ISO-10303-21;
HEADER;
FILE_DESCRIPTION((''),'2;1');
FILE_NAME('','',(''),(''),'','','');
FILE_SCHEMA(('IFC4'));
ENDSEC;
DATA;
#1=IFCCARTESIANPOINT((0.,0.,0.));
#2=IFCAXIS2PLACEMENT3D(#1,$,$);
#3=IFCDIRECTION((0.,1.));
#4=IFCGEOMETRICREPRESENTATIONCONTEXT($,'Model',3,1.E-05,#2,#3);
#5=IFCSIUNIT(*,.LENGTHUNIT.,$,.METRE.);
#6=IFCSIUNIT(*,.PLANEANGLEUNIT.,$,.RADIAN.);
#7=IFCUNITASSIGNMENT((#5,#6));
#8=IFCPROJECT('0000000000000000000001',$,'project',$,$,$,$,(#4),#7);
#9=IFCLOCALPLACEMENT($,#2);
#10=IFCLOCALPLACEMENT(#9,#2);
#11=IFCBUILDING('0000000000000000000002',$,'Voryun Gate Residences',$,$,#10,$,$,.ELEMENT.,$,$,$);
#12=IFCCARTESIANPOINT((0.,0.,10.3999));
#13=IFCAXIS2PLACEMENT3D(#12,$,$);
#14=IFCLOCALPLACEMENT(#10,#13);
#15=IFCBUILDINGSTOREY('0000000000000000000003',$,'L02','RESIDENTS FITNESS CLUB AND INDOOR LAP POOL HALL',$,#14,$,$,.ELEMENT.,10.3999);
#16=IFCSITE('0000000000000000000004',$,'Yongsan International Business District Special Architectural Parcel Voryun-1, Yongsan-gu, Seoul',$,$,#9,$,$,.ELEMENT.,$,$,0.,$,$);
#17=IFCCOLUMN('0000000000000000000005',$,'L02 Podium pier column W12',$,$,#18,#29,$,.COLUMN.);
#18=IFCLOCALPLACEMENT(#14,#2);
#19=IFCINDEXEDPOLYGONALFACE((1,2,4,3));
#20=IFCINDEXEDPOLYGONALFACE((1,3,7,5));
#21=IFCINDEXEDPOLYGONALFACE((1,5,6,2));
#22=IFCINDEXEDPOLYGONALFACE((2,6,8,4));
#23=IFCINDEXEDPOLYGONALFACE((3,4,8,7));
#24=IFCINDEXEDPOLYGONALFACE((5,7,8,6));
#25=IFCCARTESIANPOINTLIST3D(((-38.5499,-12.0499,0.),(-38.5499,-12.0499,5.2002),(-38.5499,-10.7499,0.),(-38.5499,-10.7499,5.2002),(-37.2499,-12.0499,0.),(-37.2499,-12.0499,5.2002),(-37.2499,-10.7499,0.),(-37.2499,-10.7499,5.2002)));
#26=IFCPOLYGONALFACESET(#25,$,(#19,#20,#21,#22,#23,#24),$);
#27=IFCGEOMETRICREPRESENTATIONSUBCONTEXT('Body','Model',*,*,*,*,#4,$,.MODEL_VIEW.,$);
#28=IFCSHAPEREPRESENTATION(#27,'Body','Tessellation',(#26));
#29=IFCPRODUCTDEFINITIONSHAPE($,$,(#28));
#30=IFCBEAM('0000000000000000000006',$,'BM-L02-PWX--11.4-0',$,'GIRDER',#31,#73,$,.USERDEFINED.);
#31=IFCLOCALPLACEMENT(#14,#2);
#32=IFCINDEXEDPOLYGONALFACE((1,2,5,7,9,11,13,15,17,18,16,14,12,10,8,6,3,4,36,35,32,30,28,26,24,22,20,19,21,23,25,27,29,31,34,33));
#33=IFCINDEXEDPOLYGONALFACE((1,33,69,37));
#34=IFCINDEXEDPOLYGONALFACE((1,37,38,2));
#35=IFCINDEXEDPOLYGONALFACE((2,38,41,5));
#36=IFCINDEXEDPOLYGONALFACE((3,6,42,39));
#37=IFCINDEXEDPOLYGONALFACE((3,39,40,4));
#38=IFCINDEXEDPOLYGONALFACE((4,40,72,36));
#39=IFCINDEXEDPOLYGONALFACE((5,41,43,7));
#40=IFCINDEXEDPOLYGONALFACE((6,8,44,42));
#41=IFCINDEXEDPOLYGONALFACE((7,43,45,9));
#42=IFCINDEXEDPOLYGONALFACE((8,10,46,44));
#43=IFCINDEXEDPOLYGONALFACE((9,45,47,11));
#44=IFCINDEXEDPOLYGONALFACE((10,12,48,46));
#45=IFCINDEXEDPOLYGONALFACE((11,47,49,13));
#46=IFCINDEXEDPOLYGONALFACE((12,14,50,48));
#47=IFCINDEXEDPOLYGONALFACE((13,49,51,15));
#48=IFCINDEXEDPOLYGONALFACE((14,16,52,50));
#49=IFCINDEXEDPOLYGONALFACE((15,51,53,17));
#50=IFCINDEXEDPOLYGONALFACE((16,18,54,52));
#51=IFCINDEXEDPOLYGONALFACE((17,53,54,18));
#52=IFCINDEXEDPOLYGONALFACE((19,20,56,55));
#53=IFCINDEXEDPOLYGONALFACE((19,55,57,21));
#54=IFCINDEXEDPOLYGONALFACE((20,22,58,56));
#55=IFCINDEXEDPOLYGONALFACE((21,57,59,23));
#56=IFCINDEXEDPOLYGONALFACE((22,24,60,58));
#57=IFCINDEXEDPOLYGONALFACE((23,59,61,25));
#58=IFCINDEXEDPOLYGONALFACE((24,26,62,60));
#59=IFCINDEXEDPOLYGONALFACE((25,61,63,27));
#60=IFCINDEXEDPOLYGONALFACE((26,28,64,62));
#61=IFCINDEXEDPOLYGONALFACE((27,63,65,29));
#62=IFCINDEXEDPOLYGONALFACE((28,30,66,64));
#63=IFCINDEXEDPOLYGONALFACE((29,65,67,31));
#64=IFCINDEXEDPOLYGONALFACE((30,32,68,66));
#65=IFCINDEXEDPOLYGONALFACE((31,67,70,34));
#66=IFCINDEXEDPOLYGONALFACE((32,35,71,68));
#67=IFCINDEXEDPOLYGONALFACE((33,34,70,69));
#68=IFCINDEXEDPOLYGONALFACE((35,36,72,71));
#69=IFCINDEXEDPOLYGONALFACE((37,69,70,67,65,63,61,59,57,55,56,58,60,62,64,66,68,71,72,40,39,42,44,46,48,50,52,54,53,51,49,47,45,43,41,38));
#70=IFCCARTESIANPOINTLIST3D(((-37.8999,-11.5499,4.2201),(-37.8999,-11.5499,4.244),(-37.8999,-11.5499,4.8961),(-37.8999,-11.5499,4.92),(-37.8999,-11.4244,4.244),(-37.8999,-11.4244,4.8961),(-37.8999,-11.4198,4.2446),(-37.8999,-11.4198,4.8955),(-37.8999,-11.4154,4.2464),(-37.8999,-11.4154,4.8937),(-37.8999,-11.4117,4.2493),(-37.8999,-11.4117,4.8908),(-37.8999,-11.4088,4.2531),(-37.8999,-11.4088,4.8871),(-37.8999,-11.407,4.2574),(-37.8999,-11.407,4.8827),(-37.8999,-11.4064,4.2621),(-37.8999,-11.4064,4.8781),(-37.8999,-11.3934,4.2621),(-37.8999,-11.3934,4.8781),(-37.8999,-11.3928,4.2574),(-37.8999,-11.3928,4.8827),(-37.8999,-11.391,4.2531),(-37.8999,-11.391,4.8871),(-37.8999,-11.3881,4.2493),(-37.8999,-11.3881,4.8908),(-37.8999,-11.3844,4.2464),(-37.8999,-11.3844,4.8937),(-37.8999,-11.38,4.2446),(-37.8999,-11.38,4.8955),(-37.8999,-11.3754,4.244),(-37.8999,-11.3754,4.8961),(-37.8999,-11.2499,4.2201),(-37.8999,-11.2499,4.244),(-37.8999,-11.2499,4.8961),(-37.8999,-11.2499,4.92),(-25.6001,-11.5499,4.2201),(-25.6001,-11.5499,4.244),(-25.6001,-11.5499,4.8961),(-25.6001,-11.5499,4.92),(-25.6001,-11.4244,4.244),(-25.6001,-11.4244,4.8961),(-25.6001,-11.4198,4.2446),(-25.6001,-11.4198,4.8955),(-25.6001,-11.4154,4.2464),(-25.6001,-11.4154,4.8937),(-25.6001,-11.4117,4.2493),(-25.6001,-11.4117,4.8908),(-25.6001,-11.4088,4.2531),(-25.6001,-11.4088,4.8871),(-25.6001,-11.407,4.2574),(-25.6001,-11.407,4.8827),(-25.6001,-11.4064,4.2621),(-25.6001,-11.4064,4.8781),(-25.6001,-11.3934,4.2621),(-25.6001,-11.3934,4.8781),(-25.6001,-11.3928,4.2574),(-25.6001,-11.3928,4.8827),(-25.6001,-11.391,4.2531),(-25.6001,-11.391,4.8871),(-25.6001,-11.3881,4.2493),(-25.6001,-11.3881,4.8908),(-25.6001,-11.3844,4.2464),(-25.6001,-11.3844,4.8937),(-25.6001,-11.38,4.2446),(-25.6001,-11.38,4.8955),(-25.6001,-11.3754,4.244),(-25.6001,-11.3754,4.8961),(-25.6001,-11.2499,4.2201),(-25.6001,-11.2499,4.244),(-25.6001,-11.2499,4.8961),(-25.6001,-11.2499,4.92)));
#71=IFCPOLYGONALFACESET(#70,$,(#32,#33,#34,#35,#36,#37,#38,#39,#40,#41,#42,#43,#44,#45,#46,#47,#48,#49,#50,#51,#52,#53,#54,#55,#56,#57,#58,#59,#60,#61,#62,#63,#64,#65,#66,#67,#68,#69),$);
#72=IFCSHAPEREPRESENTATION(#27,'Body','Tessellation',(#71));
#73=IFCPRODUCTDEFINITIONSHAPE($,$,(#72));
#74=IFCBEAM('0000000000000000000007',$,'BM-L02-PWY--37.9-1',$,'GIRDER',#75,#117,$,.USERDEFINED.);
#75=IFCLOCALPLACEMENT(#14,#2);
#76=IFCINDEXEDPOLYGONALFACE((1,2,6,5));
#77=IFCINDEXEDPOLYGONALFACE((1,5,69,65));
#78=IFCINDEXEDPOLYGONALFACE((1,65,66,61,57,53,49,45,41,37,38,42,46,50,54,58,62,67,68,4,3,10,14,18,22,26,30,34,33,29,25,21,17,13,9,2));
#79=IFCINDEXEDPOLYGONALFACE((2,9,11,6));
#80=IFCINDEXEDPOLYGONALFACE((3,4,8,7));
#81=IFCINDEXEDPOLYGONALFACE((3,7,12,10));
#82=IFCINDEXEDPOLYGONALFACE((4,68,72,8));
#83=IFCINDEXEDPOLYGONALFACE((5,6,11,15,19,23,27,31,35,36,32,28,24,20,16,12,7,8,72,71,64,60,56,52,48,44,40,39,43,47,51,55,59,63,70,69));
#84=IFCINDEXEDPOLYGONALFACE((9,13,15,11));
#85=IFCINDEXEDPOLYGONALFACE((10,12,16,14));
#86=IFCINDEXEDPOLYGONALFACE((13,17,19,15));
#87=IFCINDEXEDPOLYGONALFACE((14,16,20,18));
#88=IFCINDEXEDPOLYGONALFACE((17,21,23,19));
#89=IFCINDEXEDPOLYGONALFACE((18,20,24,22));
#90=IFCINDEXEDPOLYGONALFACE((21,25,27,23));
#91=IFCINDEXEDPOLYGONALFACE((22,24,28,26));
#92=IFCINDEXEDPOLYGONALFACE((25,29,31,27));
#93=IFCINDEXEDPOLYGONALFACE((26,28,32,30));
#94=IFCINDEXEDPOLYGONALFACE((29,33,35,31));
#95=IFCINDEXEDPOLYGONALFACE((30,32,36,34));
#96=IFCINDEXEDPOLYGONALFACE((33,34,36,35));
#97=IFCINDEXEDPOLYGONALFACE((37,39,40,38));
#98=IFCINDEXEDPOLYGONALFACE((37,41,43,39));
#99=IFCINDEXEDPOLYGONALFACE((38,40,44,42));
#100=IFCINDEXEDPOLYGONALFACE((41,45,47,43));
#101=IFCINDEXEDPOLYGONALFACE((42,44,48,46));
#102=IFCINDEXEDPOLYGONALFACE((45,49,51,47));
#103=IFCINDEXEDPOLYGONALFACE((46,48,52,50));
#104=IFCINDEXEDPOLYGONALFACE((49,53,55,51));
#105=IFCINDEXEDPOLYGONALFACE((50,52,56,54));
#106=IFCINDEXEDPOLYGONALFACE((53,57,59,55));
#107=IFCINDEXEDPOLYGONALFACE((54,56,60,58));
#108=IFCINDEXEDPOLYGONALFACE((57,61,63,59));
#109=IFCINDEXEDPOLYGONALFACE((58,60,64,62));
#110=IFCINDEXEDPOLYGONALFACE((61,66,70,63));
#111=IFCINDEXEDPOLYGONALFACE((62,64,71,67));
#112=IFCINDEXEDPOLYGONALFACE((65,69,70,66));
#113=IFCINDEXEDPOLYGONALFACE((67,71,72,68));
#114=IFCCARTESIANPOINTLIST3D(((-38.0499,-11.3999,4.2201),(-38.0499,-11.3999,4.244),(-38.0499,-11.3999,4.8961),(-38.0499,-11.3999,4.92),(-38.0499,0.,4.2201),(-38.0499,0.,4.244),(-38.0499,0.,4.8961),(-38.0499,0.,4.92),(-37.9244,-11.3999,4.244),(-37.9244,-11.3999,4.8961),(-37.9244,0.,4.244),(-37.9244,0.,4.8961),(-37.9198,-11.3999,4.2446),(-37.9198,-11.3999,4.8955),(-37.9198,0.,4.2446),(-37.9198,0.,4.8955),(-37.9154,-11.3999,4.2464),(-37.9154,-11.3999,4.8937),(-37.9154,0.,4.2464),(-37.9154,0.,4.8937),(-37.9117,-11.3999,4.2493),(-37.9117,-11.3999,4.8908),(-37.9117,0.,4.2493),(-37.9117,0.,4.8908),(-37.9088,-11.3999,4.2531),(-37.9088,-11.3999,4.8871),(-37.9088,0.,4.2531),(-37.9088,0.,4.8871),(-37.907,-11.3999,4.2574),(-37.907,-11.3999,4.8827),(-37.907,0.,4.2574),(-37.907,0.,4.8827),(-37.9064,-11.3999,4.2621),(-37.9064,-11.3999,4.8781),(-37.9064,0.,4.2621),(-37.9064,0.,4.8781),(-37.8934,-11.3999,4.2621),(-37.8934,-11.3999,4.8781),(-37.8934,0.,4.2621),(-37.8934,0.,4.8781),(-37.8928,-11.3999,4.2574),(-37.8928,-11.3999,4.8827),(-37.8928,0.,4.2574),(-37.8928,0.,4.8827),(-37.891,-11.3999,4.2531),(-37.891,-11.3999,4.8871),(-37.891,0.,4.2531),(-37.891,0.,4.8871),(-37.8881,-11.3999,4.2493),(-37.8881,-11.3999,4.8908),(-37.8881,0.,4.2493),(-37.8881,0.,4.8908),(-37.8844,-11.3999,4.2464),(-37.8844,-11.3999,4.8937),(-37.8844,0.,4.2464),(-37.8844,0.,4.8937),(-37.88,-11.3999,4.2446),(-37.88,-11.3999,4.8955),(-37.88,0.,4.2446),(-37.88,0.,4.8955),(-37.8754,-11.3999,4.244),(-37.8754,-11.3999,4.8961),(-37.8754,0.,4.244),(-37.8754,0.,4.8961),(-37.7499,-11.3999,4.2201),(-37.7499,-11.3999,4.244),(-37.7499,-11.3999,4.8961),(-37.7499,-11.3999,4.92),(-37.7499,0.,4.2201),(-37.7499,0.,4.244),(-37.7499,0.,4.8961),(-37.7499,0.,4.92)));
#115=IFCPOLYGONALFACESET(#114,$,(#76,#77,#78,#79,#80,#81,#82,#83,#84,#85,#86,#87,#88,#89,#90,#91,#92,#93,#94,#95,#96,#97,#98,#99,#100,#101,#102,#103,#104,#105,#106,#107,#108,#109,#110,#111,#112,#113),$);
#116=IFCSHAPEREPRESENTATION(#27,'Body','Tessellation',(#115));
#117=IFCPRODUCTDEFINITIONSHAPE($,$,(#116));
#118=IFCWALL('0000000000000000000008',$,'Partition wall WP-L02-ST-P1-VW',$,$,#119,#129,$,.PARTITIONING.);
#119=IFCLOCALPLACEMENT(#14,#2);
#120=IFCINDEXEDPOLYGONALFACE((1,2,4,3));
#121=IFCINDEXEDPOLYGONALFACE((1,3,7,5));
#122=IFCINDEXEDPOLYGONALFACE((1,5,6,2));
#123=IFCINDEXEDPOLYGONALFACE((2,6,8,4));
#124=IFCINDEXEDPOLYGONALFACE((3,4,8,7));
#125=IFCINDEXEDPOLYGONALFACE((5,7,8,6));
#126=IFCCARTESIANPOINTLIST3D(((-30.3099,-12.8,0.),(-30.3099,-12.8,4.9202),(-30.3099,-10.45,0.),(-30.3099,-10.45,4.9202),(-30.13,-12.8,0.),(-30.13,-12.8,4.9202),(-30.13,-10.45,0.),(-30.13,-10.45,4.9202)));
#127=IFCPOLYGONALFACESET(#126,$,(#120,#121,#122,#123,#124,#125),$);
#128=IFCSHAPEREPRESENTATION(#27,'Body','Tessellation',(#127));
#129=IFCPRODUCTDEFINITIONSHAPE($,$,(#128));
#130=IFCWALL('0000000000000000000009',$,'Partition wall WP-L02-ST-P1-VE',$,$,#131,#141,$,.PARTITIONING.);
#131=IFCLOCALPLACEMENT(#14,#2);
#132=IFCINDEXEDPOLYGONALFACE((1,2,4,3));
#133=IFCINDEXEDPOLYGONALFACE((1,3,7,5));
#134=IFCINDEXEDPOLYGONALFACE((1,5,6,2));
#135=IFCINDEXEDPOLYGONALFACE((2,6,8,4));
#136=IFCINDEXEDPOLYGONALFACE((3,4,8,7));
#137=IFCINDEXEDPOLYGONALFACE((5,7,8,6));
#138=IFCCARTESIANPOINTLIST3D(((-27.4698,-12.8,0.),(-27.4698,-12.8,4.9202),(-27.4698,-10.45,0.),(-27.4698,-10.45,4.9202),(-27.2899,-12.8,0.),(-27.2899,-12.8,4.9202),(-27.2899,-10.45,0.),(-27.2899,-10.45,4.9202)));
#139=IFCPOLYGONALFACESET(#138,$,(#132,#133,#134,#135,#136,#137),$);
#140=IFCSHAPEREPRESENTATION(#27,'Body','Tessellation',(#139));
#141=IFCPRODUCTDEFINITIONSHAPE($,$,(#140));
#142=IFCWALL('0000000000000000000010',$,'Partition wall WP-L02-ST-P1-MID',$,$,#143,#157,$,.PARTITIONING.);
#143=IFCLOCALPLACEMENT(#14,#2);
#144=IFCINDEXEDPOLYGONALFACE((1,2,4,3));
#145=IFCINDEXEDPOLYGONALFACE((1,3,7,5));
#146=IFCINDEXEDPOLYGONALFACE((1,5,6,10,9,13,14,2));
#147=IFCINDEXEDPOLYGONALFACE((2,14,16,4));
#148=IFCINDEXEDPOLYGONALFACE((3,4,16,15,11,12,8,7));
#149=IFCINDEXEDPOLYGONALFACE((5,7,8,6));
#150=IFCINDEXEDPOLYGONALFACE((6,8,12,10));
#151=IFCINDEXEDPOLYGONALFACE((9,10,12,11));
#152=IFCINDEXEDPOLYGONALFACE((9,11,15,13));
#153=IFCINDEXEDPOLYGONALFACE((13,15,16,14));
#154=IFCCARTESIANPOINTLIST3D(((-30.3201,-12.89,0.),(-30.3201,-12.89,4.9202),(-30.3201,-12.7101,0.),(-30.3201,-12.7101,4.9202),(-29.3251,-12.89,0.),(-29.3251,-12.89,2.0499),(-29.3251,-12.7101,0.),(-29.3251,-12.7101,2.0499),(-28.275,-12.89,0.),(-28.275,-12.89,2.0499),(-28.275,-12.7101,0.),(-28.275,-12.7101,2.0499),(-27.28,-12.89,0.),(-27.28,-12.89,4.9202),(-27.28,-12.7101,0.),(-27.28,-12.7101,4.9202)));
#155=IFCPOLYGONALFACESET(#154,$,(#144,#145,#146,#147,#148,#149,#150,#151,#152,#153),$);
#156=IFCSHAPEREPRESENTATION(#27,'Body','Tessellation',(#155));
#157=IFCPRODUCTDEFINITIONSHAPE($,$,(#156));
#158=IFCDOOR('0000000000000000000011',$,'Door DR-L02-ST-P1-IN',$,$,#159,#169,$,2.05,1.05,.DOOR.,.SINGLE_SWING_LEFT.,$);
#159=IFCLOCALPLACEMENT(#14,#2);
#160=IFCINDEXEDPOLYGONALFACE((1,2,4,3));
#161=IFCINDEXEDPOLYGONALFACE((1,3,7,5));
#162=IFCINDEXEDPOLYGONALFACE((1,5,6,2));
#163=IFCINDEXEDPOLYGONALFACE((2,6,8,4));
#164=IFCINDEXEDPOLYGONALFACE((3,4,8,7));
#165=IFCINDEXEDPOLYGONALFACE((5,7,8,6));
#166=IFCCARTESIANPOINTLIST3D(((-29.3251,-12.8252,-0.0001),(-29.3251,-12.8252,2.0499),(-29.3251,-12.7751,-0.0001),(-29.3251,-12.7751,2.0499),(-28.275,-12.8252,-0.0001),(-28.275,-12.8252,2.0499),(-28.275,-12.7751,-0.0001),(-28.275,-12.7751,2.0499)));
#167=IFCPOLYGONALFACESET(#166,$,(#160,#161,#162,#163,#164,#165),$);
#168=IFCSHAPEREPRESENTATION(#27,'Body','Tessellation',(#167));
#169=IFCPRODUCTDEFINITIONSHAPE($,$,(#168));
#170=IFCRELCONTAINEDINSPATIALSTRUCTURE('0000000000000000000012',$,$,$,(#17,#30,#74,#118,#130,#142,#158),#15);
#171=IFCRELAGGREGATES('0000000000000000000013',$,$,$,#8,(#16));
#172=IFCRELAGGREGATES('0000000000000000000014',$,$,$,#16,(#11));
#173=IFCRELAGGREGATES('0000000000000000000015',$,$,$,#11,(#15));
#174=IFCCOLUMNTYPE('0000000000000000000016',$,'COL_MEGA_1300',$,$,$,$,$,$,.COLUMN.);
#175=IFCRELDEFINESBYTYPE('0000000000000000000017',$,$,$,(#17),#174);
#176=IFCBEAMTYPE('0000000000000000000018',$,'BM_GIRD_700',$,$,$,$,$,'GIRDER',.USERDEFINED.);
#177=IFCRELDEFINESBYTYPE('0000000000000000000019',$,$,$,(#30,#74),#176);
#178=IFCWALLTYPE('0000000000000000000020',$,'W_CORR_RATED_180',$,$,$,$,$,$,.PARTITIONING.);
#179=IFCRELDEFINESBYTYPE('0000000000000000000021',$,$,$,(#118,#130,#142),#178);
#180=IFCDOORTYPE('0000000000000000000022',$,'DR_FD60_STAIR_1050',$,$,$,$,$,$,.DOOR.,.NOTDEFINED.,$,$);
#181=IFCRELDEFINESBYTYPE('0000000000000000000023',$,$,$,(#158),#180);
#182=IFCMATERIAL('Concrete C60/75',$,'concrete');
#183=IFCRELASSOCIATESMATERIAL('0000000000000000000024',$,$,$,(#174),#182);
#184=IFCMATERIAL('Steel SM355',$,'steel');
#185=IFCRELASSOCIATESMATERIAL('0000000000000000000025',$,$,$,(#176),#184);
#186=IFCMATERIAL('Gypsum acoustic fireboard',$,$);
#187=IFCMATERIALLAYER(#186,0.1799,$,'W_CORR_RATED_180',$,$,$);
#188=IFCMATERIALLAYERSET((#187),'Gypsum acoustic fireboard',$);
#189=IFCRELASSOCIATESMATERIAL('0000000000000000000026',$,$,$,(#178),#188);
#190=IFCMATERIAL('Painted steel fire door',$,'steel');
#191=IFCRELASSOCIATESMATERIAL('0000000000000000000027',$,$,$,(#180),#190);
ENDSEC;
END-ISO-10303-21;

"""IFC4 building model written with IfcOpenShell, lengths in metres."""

from ifc_helpers import new_model, si_unit, direction, frame, frame_2d, origin, origin_2d, place, context, subcontext, project, spatial, rectangle, i_section, extrude, material, layer, layer_set, material_profile, profile_set, type_object, element, fill, save


model = new_model("IFC4")

# Units and contexts
model_context = context("Model", 3, precision=1e-05, world=origin(), true_north=direction((0.0, 1.0)))
body_context = subcontext(model_context, "Body", "Model", "MODEL_VIEW")
ifc_project = project(units=[si_unit("LENGTHUNIT", "METRE"), si_unit("PLANEANGLEUNIT", "RADIAN")], contexts=[model_context])

# Site, building, storey
site_placement = place(None, origin())
site = spatial("IfcSite", under=ifc_project, at=site_placement, Name="Yongsan International Business District Special Architectural Parcel Voryun-1, Yongsan-gu, Seoul", CompositionType="ELEMENT", RefElevation=0.0)
building_placement = place(site_placement, origin())
building = spatial("IfcBuilding", under=site, at=building_placement, Name="Voryun Gate Residences", CompositionType="ELEMENT")
storey_placement = place(building_placement, frame((0.0, 0.0, 10.3999)))
storey = spatial("IfcBuildingStorey", under=building, at=storey_placement, Name="L02", Description="RESIDENTS FITNESS CLUB AND INDOOR LAP POOL HALL", CompositionType="ELEMENT", Elevation=10.3999)

# Column
ifc_material_1 = material(Name="Concrete C60/75", Category="concrete")
ifc_material_profile_1 = material_profile(ifc_material_1, rectangle(XDim=1.3, YDim=1.3, at=origin_2d()), Name="RC-1300x1300")
ifc_profile_set_1 = profile_set([ifc_material_profile_1], Name="Concrete C60/75")
column_type = type_object("IfcColumnType", Name="COL_MEGA_1300", PredefinedType="COLUMN", material=ifc_profile_set_1)
column_placement = place(storey_placement, frame((-37.8999, -11.3999, 0.0), z_axis=(0.0, 0.0, 1.0), x_axis=(1.0, 0.0, 0.0)))
element("IfcColumn", 1, at=column_placement, inside=storey, type_object=column_type, Name="L02 Podium pier column W12", PredefinedType="COLUMN", context=body_context, shape_type="SweptSolid", body=[
    extrude(rectangle(XDim=1.3, YDim=1.3, at=origin_2d()), origin(), (0.0, 0.0, 1.0), 5.2002),
])

# Beams
ifc_material_2 = material(Name="Steel SM355", Category="steel")
ifc_material_profile_2 = material_profile(ifc_material_2, i_section(OverallWidth=0.3, OverallDepth=0.7, WebThickness=0.0129, FlangeThickness=0.0239, FilletRadius=0.0181, at=origin_2d()), Name="H-700x300x13x24")
ifc_profile_set_2 = profile_set([ifc_material_profile_2], Name="Steel SM355")
beam_type = type_object("IfcBeamType", Name="BM_GIRD_700", ElementType="GIRDER", PredefinedType="USERDEFINED", material=ifc_profile_set_2)
beam_1_placement = place(storey_placement, frame((-37.8999, -11.3999, 4.5701), z_axis=(1.0, 0.0, 0.0), x_axis=(0.0, 1.0, 0.0)))
element("IfcBeam", 2, at=beam_1_placement, inside=storey, type_object=beam_type, Name="BM-L02-PWX--11.4-0", ObjectType="GIRDER", PredefinedType="USERDEFINED", context=body_context, shape_type="SweptSolid", body=[
    extrude(i_section(OverallWidth=0.3, OverallDepth=0.7, WebThickness=0.0129, FlangeThickness=0.0239, FilletRadius=0.0181, at=origin_2d()), origin(), (0.0, 0.0, 1.0), 12.2998),
])
beam_2_placement = place(storey_placement, frame((-37.8999, -11.3999, 4.5701), z_axis=(0.0, 1.0, 0.0), x_axis=(-1.0, 0.0, 0.0)))
element("IfcBeam", 3, at=beam_2_placement, inside=storey, type_object=beam_type, Name="BM-L02-PWY--37.9-1", ObjectType="GIRDER", PredefinedType="USERDEFINED", context=body_context, shape_type="SweptSolid", body=[
    extrude(i_section(OverallWidth=0.3, OverallDepth=0.7, WebThickness=0.0129, FlangeThickness=0.0239, FilletRadius=0.0181, at=origin_2d()), origin(), (0.0, 0.0, 1.0), 11.3999),
])

# Walls
ifc_material_3 = material(Name="Gypsum acoustic fireboard")
ifc_layer = layer(ifc_material_3, 0.1799, Name="W_CORR_RATED_180")
ifc_layer_set = layer_set([ifc_layer], Name="Gypsum acoustic fireboard")
wall_type = type_object("IfcWallType", Name="W_CORR_RATED_180", PredefinedType="PARTITIONING", material=ifc_layer_set)
for number, where, z_axis, x_axis, name in (
    (4, (-30.22, -12.8, 0.0), (0.0, 0.0, 1.0), (0.0, 1.0, 0.0), "Partition wall WP-L02-ST-P1-VW"),
    (5, (-27.3799, -12.8, 0.0), (0.0, 0.0, 1.0), (0.0, 1.0, 0.0), "Partition wall WP-L02-ST-P1-VE"),
):
    element("IfcWall", number, at=place(storey_placement, frame(where, z_axis=z_axis, x_axis=x_axis)), inside=storey, type_object=wall_type, Name=name, PredefinedType="PARTITIONING", context=body_context, shape_type="SweptSolid", body=[
        extrude(rectangle(XDim=2.3501, YDim=0.1799, at=frame_2d((1.175, 0.0))), origin(), (0.0, 0.0, 1.0), 4.9202),
    ])

# Wall, opening, door
wall_1_placement = place(storey_placement, frame((-30.3201, -12.8, 0.0), z_axis=(0.0, 0.0, 1.0), x_axis=(1.0, 0.0, 0.0)))
wall_1 = element("IfcWall", 6, at=wall_1_placement, inside=storey, type_object=wall_type, Name="Partition wall WP-L02-ST-P1-MID", PredefinedType="PARTITIONING", context=body_context, shape_type="SweptSolid", body=[
    extrude(rectangle(XDim=3.04, YDim=0.1799, at=frame_2d((1.52, 0.0))), origin(), (0.0, 0.0, 1.0), 4.9202),
])
opening_1_placement = place(wall_1_placement, frame((0.9951, 0.0, 0.0)))
opening_1 = element("IfcOpeningElement", 7, at=opening_1_placement, cuts=wall_1, PredefinedType="OPENING", context=body_context, shape_type="SweptSolid", body=[
    extrude(rectangle(XDim=1.05, YDim=2.05, at=frame_2d((0.5249, 1.0249))), frame((0.0, 0.0999, 0.0), z_axis=(0.0, -1.0, 0.0), x_axis=(1.0, 0.0, 0.0)), (0.0, 0.0, 1.0), 0.2),
])
ifc_material_4 = material(Name="Painted steel fire door", Category="steel")
door_type_1 = type_object("IfcDoorType", Name="DR_FD60_STAIR_1050", OperationType="NOTDEFINED", PredefinedType="DOOR", material=ifc_material_4)
door_1_placement = place(opening_1_placement, origin())
door_1 = element("IfcDoor", 8, at=door_1_placement, inside=storey, type_object=door_type_1, Name="Door DR-L02-ST-P1-IN", OperationType="SINGLE_SWING_LEFT", OverallHeight=2.05, OverallWidth=1.05, PredefinedType="DOOR", context=body_context, shape_type="SweptSolid", body=[
    extrude(rectangle(XDim=1.05, YDim=2.05, at=frame_2d((0.5249, 1.0249))), frame((0.0, 0.0249, 0.0), z_axis=(0.0, -1.0, 0.0), x_axis=(1.0, 0.0, 0.0)), (0.0, 0.0, 1.0), 0.05),
])
fill(opening_1, door_1)

save(model, "model.ifc")
